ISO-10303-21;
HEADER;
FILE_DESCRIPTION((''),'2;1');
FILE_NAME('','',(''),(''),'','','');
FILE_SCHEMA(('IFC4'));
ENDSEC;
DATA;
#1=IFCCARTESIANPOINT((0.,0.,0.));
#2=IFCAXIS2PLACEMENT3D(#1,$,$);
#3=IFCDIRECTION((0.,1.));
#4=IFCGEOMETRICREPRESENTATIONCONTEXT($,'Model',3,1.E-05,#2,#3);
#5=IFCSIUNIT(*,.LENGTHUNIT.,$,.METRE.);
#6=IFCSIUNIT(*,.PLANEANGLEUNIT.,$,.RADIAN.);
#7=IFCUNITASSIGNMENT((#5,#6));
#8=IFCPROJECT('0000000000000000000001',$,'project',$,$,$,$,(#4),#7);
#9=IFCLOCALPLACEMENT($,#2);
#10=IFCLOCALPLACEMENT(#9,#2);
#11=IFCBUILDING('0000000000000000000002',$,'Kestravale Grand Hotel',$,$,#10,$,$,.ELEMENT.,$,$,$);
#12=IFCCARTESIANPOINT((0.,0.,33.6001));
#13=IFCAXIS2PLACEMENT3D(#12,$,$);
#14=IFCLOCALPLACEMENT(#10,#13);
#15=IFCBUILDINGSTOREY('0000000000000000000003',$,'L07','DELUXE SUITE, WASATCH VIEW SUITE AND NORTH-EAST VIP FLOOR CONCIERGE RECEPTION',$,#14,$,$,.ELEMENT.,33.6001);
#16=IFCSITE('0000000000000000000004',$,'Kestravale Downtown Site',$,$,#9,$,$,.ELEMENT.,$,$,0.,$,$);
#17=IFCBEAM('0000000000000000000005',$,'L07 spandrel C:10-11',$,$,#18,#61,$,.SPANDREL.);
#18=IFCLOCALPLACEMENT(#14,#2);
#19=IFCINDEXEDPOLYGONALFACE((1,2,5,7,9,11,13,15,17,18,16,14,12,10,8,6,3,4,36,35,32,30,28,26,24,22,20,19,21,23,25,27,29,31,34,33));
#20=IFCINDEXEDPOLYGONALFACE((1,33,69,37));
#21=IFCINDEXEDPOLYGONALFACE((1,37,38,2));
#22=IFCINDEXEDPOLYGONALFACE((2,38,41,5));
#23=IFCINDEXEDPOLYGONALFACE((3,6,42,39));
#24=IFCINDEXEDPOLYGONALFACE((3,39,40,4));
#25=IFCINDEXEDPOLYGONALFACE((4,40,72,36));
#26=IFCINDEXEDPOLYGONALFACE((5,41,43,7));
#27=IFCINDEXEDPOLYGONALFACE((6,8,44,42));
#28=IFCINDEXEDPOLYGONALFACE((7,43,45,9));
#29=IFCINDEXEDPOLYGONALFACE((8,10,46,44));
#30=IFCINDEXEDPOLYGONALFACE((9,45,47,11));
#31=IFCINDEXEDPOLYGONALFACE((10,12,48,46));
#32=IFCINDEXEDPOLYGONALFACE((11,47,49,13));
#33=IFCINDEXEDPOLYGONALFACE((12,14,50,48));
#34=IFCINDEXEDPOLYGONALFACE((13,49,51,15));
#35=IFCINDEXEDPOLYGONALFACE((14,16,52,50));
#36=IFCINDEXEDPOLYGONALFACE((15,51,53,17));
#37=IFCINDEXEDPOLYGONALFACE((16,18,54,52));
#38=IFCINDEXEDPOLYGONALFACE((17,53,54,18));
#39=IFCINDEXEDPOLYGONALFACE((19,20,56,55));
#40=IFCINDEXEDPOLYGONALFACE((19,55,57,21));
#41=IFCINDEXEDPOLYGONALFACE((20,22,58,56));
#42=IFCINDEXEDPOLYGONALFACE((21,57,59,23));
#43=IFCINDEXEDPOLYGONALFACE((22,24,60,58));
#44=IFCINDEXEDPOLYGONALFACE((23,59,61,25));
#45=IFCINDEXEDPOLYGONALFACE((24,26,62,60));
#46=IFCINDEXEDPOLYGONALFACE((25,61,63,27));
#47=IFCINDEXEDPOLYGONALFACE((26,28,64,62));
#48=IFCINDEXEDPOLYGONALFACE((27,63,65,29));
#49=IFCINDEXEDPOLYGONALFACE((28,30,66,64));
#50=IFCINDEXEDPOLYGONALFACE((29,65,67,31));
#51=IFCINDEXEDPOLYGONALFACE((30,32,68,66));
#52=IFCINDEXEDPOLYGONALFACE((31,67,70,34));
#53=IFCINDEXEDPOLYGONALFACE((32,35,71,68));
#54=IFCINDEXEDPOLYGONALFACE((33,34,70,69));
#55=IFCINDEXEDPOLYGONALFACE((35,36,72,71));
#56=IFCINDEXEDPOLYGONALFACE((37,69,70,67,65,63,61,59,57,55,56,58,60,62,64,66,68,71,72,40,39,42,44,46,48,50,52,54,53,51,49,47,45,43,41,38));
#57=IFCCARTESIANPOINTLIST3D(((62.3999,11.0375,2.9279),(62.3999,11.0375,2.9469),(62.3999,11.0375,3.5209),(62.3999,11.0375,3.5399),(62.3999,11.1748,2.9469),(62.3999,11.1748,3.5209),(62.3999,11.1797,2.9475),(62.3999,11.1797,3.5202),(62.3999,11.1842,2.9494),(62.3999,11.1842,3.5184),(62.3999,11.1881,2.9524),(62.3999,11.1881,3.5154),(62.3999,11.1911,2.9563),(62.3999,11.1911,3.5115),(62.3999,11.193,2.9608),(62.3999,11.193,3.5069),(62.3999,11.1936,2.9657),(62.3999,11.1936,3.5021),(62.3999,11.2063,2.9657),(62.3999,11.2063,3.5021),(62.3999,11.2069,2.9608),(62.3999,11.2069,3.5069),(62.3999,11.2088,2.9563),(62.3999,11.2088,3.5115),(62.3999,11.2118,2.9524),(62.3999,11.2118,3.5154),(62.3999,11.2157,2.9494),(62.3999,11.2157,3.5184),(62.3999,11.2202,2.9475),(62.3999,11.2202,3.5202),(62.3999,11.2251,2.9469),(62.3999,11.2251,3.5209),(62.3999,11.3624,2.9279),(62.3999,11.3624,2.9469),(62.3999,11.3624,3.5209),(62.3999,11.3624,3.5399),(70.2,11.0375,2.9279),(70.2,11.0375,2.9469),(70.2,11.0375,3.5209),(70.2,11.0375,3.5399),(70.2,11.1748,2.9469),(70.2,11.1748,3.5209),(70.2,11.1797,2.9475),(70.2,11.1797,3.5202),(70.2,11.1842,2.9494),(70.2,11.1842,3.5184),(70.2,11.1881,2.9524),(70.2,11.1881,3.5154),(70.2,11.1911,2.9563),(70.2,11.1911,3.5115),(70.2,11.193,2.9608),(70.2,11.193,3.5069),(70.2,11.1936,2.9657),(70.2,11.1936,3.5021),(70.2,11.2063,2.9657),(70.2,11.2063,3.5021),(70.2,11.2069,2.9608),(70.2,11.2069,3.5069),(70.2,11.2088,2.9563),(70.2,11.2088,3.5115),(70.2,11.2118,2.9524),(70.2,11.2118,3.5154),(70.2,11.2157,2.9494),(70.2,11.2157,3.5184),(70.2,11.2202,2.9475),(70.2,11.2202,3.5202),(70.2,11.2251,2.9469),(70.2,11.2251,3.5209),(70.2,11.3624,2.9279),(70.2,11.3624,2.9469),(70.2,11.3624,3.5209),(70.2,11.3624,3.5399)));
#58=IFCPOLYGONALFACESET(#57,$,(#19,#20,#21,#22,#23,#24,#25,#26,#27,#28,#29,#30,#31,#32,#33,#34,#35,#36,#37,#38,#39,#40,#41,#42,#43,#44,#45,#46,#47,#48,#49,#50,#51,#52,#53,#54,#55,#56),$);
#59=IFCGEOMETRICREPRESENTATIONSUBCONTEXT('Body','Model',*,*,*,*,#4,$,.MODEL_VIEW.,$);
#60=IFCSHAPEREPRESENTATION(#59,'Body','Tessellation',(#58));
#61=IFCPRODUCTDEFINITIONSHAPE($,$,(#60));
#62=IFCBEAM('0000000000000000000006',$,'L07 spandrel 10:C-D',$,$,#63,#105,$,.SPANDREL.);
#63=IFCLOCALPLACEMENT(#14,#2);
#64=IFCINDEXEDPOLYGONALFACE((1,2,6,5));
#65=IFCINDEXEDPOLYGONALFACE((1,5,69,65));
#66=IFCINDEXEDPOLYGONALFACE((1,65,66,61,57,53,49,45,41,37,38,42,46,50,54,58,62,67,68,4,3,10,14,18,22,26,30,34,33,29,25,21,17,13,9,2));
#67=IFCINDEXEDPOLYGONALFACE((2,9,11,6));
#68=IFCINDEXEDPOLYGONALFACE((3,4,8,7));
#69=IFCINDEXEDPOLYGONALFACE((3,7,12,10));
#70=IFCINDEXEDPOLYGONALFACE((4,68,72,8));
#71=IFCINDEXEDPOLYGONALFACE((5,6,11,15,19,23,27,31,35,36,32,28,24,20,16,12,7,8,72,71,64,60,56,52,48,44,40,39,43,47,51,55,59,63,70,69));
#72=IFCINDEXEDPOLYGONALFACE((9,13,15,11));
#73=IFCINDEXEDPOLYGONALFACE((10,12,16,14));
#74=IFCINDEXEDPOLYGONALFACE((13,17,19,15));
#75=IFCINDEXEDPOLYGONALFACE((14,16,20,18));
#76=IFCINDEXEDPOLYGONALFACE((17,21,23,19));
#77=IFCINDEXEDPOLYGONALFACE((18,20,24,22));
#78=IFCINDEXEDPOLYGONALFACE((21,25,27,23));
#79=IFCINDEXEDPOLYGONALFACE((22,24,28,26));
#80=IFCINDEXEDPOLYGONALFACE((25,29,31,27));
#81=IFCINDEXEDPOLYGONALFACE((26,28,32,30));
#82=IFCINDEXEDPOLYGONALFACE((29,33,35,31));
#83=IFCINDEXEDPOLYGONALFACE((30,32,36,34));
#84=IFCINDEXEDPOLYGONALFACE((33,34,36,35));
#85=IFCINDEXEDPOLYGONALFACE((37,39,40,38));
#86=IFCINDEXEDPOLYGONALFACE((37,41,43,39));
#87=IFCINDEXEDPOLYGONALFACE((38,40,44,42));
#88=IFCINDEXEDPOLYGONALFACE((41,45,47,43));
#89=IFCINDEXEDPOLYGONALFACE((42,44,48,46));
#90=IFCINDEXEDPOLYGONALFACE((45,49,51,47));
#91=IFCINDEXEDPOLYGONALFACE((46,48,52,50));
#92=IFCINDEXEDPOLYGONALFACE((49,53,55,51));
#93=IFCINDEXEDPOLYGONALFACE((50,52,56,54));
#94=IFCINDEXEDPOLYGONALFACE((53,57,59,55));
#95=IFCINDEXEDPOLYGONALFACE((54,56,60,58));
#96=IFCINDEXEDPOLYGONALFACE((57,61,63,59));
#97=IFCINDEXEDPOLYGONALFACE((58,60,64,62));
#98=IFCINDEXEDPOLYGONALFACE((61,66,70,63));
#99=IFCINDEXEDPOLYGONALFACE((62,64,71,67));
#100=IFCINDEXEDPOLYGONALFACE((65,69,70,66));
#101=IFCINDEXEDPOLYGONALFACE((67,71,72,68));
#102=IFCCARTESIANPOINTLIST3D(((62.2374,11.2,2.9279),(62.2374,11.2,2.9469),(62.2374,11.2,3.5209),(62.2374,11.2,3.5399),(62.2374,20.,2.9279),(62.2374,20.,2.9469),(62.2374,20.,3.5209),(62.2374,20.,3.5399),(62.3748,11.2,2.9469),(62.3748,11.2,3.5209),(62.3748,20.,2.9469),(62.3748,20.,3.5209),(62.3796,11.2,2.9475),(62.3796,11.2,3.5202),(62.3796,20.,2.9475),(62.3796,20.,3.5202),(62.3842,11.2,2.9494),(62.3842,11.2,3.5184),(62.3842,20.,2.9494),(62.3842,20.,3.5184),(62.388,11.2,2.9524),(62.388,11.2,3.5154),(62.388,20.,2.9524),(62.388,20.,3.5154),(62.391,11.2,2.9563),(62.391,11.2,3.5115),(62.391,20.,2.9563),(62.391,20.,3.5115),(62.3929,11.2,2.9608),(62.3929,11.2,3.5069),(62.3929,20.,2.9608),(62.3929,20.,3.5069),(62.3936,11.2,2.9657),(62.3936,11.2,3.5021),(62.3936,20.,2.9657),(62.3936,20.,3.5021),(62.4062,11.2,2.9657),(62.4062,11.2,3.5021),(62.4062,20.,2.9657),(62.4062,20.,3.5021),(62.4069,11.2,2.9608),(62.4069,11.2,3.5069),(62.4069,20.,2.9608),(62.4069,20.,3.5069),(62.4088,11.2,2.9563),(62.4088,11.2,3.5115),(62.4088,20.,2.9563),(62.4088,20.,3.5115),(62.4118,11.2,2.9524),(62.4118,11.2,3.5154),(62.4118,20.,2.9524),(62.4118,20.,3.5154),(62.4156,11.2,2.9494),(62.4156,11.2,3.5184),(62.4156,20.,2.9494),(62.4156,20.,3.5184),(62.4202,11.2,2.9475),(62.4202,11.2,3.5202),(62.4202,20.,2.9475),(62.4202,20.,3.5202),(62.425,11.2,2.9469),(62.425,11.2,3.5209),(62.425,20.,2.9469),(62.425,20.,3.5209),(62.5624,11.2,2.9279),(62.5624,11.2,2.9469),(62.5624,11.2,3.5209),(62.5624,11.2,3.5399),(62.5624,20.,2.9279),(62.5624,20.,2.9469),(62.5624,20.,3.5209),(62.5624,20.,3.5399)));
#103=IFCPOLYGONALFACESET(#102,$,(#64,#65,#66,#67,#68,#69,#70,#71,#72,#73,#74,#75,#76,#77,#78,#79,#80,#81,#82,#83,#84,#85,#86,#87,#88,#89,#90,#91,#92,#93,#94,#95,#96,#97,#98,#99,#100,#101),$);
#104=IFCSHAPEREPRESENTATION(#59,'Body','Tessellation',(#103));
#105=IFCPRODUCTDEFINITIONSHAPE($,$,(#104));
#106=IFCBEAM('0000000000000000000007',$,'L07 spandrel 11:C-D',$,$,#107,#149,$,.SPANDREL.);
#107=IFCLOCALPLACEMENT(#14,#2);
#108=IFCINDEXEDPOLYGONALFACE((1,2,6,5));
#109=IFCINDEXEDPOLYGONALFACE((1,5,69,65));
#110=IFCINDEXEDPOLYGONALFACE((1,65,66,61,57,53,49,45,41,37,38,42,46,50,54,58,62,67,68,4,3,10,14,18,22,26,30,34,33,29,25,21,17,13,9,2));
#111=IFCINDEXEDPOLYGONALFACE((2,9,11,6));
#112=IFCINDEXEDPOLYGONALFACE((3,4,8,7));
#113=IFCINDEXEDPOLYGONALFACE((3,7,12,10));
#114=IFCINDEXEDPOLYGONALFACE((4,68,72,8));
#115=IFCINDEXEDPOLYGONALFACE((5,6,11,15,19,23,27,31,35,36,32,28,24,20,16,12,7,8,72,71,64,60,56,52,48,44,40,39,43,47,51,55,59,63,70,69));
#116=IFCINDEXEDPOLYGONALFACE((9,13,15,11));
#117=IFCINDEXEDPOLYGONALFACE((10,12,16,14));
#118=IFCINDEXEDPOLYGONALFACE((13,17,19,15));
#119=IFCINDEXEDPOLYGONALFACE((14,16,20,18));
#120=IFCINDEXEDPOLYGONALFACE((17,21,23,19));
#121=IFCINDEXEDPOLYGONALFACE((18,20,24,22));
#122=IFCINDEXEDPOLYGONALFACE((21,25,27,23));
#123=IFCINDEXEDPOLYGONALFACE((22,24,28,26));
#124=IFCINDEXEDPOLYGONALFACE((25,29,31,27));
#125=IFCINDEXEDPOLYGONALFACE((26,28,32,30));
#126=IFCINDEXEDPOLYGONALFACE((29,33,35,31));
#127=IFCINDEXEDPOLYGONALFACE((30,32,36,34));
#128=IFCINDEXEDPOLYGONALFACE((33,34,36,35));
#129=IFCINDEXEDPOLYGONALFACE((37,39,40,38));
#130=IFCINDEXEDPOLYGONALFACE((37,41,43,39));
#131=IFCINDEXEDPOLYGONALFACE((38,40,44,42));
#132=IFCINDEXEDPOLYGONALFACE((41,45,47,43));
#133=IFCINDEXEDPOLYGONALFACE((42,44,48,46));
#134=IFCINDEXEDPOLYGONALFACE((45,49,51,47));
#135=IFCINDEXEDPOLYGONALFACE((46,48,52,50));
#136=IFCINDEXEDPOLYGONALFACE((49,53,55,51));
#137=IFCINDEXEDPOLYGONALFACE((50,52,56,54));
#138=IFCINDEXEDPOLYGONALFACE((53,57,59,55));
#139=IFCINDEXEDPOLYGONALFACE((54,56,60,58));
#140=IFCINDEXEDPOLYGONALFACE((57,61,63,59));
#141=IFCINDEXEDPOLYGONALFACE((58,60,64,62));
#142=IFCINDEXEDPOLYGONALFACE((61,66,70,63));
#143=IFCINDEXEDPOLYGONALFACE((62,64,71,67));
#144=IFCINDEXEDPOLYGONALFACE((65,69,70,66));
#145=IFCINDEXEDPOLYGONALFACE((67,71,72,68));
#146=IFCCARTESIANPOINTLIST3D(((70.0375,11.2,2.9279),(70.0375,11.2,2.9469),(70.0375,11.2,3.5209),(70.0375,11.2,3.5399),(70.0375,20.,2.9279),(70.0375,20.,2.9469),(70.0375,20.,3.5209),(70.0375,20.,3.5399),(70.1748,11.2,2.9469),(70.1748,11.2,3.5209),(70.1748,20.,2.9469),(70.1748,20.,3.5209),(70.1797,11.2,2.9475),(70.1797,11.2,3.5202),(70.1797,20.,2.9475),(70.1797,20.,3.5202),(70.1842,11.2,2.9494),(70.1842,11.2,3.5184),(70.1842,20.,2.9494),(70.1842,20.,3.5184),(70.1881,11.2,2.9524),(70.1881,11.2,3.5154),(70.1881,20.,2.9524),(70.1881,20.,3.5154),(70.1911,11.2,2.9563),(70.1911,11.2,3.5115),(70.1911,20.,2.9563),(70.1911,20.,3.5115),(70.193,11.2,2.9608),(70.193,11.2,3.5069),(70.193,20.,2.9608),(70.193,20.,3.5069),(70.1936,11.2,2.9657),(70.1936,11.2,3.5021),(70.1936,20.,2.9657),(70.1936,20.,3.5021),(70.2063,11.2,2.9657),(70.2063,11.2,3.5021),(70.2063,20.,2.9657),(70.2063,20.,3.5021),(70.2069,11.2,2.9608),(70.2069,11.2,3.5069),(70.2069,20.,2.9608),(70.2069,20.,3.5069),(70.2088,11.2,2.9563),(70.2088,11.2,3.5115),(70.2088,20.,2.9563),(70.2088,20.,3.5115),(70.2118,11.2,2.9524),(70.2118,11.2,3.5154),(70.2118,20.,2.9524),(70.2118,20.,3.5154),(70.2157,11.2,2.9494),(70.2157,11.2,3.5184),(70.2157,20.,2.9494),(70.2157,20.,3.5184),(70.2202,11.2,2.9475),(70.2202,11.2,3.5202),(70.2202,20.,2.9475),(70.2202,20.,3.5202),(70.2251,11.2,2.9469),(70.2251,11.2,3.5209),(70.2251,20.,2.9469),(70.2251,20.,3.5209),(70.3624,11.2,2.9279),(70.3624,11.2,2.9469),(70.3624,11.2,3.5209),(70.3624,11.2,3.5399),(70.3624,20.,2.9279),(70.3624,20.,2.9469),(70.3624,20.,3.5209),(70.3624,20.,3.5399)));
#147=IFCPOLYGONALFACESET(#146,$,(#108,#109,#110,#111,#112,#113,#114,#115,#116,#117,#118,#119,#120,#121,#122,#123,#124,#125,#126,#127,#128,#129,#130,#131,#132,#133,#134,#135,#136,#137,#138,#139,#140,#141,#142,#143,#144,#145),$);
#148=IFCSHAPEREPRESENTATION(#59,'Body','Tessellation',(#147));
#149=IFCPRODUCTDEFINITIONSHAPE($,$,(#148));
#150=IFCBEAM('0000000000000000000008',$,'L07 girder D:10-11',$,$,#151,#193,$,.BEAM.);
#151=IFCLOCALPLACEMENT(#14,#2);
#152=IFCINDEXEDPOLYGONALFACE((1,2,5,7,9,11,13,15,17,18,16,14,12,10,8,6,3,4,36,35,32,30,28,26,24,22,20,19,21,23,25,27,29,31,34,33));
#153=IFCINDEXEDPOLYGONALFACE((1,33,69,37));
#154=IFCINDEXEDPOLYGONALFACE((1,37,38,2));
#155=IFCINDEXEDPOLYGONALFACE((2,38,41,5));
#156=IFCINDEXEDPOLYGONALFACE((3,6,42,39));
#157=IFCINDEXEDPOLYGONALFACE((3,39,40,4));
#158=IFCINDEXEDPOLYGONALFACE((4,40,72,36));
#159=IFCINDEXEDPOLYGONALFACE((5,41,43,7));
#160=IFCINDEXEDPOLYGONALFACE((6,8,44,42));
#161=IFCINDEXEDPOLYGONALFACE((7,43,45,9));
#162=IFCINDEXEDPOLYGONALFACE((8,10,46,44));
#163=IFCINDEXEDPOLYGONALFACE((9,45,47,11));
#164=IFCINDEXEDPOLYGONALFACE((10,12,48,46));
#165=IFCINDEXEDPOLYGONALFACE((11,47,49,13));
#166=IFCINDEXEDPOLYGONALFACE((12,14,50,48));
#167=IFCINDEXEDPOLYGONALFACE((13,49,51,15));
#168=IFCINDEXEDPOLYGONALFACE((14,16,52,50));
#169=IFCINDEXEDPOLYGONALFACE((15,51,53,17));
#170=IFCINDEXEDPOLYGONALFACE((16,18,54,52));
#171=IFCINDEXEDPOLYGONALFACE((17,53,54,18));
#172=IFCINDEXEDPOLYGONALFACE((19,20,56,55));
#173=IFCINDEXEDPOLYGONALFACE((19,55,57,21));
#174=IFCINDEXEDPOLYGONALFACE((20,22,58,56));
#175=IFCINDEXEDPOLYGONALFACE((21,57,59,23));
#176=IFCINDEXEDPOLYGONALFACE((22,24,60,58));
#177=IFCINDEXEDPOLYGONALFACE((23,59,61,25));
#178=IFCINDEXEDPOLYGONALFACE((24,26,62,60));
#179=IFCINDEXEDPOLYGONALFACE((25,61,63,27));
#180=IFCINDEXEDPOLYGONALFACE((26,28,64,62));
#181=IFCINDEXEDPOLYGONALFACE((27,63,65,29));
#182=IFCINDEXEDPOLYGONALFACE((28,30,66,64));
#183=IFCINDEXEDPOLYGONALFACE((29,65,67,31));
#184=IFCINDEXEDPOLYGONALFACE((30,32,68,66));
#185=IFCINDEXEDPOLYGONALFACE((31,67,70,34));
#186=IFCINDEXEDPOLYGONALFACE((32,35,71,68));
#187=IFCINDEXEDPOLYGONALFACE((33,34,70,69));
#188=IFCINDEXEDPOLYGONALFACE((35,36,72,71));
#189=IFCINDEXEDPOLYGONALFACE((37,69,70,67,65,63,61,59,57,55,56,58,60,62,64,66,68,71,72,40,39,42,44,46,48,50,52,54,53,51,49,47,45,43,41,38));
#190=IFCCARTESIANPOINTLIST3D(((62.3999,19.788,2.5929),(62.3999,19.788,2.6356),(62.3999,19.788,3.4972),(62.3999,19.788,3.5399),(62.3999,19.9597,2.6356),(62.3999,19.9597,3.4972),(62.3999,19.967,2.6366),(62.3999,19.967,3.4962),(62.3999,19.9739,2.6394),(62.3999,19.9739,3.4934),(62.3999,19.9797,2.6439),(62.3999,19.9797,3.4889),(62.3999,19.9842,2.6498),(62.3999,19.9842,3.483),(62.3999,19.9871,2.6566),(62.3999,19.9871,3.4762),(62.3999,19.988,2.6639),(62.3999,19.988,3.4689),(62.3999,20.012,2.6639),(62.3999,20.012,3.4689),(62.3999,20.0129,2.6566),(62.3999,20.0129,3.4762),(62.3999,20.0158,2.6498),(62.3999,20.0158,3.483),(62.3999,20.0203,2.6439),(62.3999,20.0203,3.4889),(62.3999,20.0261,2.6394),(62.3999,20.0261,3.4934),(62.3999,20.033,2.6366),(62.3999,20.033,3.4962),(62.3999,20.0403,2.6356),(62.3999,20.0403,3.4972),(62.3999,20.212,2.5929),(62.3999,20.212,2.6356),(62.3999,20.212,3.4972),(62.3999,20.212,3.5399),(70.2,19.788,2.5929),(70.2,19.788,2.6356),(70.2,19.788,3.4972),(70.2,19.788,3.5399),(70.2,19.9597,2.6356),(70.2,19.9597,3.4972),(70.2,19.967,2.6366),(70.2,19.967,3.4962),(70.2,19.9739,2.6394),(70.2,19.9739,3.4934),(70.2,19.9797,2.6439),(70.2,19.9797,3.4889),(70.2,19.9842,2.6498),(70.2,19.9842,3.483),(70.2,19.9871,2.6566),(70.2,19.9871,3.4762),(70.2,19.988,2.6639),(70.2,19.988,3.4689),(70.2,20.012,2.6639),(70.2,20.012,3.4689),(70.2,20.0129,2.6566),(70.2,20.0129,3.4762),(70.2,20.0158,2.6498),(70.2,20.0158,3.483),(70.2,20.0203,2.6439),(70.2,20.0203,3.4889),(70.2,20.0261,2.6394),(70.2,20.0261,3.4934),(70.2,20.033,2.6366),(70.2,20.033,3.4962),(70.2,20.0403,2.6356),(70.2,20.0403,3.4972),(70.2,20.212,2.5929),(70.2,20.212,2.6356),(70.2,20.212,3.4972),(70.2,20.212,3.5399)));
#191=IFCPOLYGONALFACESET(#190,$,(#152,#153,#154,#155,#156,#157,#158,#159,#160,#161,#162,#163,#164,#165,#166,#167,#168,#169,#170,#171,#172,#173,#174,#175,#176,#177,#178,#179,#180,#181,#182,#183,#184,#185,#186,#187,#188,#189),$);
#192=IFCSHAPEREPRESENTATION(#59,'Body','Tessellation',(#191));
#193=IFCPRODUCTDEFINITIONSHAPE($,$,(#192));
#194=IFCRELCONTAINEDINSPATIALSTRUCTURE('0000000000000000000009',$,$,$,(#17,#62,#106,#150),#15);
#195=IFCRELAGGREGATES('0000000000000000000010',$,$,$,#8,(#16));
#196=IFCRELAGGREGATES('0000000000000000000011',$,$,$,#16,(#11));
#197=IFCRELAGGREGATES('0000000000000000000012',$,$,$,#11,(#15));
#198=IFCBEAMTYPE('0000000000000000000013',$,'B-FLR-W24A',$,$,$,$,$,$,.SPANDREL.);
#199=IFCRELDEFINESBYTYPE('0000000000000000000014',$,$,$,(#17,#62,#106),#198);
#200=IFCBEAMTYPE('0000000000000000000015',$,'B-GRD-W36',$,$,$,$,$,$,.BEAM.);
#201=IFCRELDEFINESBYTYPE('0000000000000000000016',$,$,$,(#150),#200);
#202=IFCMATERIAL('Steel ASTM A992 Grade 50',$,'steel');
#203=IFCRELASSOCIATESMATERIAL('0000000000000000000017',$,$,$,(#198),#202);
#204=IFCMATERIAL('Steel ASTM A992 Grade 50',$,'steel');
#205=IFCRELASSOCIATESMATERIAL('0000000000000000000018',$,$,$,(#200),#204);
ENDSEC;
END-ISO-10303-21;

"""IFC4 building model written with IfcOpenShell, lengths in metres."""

from ifc_helpers import new_model, si_unit, direction, frame, origin, origin_2d, place, context, subcontext, project, spatial, i_section, extrude, material, material_profile, profile_set, type_object, element, save


model = new_model("IFC4")

# Units and contexts
model_context = context("Model", 3, precision=1e-05, world=origin(), true_north=direction((0.0, 1.0)))
body_context = subcontext(model_context, "Body", "Model", "MODEL_VIEW")
ifc_project = project(units=[si_unit("LENGTHUNIT", "METRE"), si_unit("PLANEANGLEUNIT", "RADIAN")], contexts=[model_context])

# Site, building, storey
site_placement = place(None, origin())
site = spatial("IfcSite", under=ifc_project, at=site_placement, Name="Kestravale Downtown Site", CompositionType="ELEMENT", RefElevation=0.0)
building_placement = place(site_placement, origin())
building = spatial("IfcBuilding", under=site, at=building_placement, Name="Kestravale Grand Hotel", CompositionType="ELEMENT")
storey_placement = place(building_placement, frame((0.0, 0.0, 33.6001)))
storey = spatial("IfcBuildingStorey", under=building, at=storey_placement, Name="L07", Description="DELUXE SUITE, WASATCH VIEW SUITE AND NORTH-EAST VIP FLOOR CONCIERGE RECEPTION", CompositionType="ELEMENT", Elevation=33.6001)

# Beams
ifc_material_1 = material(Name="Steel ASTM A992 Grade 50", Category="steel")
ifc_material_profile_1 = material_profile(ifc_material_1, i_section(OverallWidth=0.325, OverallDepth=0.6121, WebThickness=0.0127, FlangeThickness=0.019, FilletRadius=0.0188, at=origin_2d()))
ifc_profile_set_1 = profile_set([ifc_material_profile_1], Name="Steel ASTM A992 Grade 50")
beam_type_1 = type_object("IfcBeamType", Name="B-FLR-W24A", PredefinedType="SPANDREL", material=ifc_profile_set_1)
beam_1_placement = place(storey_placement, frame((62.3999, 11.2, 3.2339), z_axis=(1.0, 0.0, 0.0), x_axis=(0.0, 1.0, 0.0)))
element("IfcBeam", 1, at=beam_1_placement, inside=storey, type_object=beam_type_1, Name="L07 spandrel C:10-11", PredefinedType="SPANDREL", context=body_context, shape_type="SweptSolid", body=[
    extrude(i_section(OverallWidth=0.325, OverallDepth=0.6121, WebThickness=0.0127, FlangeThickness=0.019, FilletRadius=0.0188, at=origin_2d()), origin(), (0.0, 0.0, 1.0), 7.8),
])
for number, where, z_axis, x_axis, name in (
    (2, (62.3999, 11.2, 3.2339), (0.0, 1.0, 0.0), (-1.0, 0.0, 0.0), "L07 spandrel 10:C-D"),
    (3, (70.2, 11.2, 3.2339), (0.0, 1.0, 0.0), (-1.0, 0.0, 0.0), "L07 spandrel 11:C-D"),
):
    element("IfcBeam", number, at=place(storey_placement, frame(where, z_axis=z_axis, x_axis=x_axis)), inside=storey, type_object=beam_type_1, Name=name, PredefinedType="SPANDREL", context=body_context, shape_type="SweptSolid", body=[
        extrude(i_section(OverallWidth=0.325, OverallDepth=0.6121, WebThickness=0.0127, FlangeThickness=0.019, FilletRadius=0.0188, at=origin_2d()), origin(), (0.0, 0.0, 1.0), 8.8),
    ])
ifc_material_2 = material(Name="Steel ASTM A992 Grade 50", Category="steel")
ifc_material_profile_2 = material_profile(ifc_material_2, i_section(OverallWidth=0.4241, OverallDepth=0.947, WebThickness=0.0239, FlangeThickness=0.0427, FilletRadius=0.0283, at=origin_2d()))
ifc_profile_set_2 = profile_set([ifc_material_profile_2], Name="Steel ASTM A992 Grade 50")
beam_type_2 = type_object("IfcBeamType", Name="B-GRD-W36", PredefinedType="BEAM", material=ifc_profile_set_2)
for number, where, z_axis, x_axis, name in (
    (4, (62.3999, 20.0, 3.0664), (1.0, 0.0, 0.0), (0.0, 1.0, 0.0), "L07 girder D:10-11"),
):
    element("IfcBeam", number, at=place(storey_placement, frame(where, z_axis=z_axis, x_axis=x_axis)), inside=storey, type_object=beam_type_2, Name=name, PredefinedType="BEAM", context=body_context, shape_type="SweptSolid", body=[
        extrude(i_section(OverallWidth=0.4241, OverallDepth=0.947, WebThickness=0.0239, FlangeThickness=0.0427, FilletRadius=0.0283, at=origin_2d()), origin(), (0.0, 0.0, 1.0), 7.8),
    ])

save(model, "model.ifc")
